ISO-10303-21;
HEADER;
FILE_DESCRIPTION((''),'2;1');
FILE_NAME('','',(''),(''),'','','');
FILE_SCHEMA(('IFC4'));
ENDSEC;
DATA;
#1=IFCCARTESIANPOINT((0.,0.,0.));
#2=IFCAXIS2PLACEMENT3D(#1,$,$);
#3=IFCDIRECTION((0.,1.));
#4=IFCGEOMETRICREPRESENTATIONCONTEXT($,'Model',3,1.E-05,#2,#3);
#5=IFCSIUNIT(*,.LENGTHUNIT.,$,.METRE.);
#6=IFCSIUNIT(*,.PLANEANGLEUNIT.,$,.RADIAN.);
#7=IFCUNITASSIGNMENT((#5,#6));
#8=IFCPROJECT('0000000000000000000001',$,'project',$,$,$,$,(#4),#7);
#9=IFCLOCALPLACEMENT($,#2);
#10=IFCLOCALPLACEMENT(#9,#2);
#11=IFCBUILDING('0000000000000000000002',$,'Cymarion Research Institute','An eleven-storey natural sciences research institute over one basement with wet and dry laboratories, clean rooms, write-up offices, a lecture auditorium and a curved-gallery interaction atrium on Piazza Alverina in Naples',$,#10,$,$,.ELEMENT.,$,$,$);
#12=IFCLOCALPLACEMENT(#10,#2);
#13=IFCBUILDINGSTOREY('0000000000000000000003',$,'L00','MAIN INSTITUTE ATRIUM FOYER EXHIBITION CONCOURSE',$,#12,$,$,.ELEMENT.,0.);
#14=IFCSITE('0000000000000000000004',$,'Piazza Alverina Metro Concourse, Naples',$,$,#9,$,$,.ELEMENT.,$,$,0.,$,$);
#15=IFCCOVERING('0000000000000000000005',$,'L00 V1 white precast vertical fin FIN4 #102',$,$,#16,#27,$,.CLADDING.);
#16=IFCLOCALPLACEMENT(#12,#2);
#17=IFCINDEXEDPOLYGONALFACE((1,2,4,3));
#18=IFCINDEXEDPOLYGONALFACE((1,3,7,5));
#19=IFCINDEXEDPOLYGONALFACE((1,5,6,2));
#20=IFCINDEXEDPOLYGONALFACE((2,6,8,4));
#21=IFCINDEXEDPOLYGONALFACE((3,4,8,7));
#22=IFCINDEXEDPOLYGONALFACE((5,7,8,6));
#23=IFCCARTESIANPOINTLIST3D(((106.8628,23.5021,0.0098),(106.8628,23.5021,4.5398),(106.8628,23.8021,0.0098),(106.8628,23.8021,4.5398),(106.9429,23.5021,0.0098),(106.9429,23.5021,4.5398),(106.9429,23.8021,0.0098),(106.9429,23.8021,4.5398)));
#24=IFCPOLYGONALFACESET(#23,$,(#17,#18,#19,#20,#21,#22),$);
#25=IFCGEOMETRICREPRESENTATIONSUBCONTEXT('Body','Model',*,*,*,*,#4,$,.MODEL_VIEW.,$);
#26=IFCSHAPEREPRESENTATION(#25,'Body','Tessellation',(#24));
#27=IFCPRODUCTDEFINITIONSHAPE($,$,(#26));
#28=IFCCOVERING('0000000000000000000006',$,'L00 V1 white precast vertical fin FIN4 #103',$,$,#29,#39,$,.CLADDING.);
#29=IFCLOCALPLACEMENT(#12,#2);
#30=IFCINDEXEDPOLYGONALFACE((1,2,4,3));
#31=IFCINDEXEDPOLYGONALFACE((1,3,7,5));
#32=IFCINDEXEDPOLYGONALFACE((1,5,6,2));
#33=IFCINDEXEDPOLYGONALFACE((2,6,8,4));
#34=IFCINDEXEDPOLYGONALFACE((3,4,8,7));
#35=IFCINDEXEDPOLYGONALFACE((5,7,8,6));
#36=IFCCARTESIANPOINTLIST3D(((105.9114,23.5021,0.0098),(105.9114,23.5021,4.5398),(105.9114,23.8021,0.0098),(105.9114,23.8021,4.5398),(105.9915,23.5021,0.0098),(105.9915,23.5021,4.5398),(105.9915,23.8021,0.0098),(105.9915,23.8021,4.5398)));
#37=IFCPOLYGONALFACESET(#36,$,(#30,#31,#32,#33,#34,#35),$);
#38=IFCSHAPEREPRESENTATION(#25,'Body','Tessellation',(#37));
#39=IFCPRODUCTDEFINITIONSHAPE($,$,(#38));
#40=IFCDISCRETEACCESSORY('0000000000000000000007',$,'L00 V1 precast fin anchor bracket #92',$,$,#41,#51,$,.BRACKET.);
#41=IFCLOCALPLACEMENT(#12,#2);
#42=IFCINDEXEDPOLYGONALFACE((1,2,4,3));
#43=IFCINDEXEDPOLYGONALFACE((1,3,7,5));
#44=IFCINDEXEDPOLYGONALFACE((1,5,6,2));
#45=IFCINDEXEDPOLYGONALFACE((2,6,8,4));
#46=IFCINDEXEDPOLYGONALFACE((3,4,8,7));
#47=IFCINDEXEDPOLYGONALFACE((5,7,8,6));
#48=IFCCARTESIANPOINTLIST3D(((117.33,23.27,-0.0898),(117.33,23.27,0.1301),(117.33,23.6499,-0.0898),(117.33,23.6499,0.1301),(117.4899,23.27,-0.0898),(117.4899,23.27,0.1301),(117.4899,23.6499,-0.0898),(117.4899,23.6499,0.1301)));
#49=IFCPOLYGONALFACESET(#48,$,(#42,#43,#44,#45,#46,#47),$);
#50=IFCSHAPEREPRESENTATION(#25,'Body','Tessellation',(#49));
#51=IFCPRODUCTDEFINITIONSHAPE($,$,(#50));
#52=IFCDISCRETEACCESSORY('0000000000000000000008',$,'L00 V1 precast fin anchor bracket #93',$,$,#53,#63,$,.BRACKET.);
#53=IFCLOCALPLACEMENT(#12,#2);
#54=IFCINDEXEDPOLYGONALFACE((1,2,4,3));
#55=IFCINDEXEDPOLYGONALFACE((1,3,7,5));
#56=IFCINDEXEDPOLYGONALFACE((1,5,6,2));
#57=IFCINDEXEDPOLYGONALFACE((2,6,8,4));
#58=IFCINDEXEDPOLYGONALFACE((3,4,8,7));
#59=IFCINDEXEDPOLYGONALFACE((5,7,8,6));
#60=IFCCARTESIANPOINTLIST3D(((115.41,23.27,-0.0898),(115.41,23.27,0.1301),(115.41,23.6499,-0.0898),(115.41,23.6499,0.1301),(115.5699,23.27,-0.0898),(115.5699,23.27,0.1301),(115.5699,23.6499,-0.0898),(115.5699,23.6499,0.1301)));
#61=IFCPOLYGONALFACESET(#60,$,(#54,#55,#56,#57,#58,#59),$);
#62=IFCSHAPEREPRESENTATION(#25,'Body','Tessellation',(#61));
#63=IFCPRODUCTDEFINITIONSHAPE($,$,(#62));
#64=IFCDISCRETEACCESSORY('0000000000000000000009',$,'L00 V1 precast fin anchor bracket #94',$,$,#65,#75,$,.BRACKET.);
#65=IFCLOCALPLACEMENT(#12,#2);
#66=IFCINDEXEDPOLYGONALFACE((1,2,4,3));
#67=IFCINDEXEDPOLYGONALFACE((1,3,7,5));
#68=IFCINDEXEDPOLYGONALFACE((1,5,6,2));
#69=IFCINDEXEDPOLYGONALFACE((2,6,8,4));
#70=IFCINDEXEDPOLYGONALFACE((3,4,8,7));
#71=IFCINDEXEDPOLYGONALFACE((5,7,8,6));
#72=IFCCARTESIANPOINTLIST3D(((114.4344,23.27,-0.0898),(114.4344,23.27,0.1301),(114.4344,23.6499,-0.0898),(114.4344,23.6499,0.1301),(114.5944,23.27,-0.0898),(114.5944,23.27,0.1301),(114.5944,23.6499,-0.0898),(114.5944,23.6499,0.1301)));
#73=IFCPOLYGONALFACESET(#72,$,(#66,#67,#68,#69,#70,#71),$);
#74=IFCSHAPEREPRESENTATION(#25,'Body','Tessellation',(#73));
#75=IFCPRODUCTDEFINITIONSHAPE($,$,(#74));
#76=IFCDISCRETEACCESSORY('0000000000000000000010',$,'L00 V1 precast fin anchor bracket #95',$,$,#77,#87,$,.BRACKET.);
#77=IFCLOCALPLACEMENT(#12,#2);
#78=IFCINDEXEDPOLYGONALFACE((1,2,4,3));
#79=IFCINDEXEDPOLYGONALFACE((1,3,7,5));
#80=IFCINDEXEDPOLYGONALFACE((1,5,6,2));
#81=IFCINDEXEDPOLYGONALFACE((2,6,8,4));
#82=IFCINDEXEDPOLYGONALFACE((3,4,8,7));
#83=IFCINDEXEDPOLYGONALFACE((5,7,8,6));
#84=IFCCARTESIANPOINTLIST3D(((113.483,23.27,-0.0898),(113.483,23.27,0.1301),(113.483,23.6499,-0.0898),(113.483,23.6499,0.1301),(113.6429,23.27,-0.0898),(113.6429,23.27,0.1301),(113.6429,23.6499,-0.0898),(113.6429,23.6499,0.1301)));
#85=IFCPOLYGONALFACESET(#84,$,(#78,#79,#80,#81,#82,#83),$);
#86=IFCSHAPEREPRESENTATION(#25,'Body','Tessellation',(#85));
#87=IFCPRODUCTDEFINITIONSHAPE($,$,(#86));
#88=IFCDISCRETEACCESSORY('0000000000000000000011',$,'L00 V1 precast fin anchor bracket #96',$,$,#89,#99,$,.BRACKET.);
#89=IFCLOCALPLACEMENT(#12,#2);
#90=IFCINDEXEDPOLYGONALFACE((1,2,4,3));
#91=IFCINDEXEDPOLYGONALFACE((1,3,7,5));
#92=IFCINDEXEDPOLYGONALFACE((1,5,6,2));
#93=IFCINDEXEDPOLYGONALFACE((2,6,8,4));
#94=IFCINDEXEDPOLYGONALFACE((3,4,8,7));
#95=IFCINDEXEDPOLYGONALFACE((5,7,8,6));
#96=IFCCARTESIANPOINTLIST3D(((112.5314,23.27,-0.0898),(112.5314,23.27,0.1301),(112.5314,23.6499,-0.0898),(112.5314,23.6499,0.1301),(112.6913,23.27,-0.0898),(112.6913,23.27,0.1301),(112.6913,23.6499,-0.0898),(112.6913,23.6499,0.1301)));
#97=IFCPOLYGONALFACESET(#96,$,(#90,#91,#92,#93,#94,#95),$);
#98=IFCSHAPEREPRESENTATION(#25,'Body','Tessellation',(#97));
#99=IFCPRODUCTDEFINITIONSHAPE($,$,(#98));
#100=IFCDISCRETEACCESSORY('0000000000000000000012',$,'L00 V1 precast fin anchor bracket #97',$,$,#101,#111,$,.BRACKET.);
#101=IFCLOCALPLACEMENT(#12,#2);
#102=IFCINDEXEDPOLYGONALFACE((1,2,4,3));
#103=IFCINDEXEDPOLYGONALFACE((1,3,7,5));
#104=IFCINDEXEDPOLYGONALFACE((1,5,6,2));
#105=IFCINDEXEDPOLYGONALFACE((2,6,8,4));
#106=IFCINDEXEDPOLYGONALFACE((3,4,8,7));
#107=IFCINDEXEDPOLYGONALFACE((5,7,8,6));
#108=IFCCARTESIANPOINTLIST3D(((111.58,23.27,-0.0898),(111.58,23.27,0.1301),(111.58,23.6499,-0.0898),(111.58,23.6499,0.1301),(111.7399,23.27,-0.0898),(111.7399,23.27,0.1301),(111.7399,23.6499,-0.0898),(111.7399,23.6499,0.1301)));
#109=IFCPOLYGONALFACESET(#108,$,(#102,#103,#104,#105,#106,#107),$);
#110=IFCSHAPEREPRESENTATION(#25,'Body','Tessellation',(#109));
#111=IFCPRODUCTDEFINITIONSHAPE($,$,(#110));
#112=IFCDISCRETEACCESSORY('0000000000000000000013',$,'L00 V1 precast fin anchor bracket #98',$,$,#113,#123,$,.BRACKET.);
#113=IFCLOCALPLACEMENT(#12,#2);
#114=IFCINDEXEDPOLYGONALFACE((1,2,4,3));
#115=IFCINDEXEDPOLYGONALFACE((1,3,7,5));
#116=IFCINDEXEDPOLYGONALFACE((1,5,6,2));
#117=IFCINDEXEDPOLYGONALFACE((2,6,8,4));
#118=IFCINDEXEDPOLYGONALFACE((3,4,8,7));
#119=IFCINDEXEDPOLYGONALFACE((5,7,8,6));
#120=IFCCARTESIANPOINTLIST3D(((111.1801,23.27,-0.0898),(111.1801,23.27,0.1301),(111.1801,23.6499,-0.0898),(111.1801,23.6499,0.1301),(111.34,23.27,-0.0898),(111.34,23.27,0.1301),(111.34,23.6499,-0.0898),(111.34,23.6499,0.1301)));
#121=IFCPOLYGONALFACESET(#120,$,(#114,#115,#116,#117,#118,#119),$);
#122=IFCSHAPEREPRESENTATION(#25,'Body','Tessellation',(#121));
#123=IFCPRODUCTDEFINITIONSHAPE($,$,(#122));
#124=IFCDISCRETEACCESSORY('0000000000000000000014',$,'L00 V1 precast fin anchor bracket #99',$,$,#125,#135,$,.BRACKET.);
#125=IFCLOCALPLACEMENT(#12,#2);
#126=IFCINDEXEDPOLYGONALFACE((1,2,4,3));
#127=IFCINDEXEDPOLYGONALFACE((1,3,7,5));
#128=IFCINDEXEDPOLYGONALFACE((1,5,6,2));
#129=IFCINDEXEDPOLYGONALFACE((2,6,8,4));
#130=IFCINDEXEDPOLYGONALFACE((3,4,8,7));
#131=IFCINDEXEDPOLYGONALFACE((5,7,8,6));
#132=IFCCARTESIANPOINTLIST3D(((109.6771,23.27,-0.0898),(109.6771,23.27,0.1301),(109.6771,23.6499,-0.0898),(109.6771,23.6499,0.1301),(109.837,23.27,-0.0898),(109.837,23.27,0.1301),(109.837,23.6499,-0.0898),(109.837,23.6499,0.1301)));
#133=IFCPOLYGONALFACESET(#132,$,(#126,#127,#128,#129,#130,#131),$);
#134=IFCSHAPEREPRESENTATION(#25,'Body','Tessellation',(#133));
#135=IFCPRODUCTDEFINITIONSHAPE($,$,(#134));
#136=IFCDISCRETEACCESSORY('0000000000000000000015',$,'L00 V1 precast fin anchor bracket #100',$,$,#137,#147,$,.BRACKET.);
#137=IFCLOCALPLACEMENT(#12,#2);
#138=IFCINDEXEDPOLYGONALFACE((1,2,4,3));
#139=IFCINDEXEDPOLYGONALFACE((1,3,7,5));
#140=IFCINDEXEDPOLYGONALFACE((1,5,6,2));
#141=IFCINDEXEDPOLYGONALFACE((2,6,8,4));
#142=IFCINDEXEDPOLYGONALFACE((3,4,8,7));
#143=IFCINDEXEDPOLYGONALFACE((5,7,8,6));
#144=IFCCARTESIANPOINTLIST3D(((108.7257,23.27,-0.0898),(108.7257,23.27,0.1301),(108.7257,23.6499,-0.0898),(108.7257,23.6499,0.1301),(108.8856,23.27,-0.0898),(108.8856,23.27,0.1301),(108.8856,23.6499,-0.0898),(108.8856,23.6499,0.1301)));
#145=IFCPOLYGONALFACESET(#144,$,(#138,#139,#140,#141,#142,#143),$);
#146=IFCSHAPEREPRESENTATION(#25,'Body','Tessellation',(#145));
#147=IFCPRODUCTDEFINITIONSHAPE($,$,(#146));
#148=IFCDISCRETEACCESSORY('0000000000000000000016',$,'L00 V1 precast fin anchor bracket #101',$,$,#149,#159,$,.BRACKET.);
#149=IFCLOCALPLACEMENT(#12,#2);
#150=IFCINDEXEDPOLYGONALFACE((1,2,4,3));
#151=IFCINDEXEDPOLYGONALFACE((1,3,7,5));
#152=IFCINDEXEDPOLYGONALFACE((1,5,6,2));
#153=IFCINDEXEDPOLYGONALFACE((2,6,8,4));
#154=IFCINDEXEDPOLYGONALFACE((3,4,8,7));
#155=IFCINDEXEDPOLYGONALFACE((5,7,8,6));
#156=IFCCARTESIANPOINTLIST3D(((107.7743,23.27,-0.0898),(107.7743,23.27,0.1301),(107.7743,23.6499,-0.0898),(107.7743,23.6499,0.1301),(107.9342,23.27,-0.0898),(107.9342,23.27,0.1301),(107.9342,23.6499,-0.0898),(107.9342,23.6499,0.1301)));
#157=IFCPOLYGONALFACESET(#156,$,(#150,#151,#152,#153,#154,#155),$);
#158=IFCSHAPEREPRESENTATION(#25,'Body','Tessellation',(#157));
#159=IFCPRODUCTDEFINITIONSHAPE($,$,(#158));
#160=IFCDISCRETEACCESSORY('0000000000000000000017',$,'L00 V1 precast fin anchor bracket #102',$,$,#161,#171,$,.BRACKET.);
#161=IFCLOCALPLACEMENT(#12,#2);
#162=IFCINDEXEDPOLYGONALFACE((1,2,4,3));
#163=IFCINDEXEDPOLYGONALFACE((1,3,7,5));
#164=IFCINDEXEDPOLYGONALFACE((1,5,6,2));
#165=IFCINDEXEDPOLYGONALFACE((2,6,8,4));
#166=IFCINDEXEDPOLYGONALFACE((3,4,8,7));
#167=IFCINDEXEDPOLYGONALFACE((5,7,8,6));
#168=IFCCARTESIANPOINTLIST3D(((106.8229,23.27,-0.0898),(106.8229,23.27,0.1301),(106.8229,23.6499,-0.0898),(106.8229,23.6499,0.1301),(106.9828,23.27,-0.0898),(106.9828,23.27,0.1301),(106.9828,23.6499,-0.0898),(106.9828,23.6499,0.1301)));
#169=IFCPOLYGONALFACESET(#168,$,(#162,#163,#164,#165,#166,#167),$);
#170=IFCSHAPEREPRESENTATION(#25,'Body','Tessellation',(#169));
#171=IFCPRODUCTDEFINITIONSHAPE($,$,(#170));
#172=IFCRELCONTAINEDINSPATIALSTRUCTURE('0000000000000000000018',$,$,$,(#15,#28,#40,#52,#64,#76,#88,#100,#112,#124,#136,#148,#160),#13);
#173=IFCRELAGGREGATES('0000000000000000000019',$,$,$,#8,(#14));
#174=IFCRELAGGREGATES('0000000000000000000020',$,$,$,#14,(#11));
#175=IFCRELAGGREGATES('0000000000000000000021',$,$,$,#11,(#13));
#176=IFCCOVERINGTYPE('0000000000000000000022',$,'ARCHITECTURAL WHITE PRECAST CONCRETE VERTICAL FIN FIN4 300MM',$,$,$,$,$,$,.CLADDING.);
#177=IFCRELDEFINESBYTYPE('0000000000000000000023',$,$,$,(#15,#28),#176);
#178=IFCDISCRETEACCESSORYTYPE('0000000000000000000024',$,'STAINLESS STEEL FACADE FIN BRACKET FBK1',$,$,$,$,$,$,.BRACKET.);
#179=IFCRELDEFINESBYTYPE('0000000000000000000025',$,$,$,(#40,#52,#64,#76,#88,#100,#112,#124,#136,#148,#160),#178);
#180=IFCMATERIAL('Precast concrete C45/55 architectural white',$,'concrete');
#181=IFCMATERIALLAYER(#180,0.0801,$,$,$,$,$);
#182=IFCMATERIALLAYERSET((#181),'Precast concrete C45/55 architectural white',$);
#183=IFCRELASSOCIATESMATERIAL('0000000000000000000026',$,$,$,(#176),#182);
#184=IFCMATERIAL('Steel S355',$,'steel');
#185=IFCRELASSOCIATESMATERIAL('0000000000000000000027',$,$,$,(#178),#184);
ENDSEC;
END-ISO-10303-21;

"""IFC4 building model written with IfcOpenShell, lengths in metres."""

from ifc_helpers import new_model, si_unit, direction, frame, origin, origin_2d, place, context, subcontext, project, spatial, rectangle, extrude, material, layer, layer_set, type_object, element, save


model = new_model("IFC4")

# Units and contexts
model_context = context("Model", 3, precision=1e-05, world=origin(), true_north=direction((0.0, 1.0)))
body_context = subcontext(model_context, "Body", "Model", "MODEL_VIEW")
ifc_project = project(units=[si_unit("LENGTHUNIT", "METRE"), si_unit("PLANEANGLEUNIT", "RADIAN")], contexts=[model_context])

# Site, building, storey
site_placement = place(None, origin())
site = spatial("IfcSite", under=ifc_project, at=site_placement, Name="Piazza Alverina Metro Concourse, Naples", CompositionType="ELEMENT", RefElevation=0.0)
building_placement = place(site_placement, origin())
building = spatial("IfcBuilding", under=site, at=building_placement, Name="Cymarion Research Institute", Description="An eleven-storey natural sciences research institute over one basement with wet and dry laboratories, clean rooms, write-up offices, a lecture auditorium and a curved-gallery interaction atrium on Piazza Alverina in Naples", CompositionType="ELEMENT")
storey_placement = place(building_placement, origin())
storey = spatial("IfcBuildingStorey", under=building, at=storey_placement, Name="L00", Description="MAIN INSTITUTE ATRIUM FOYER EXHIBITION CONCOURSE", CompositionType="ELEMENT", Elevation=0.0)

# Shared definitions
ifc_material_1 = material(Name="Steel S355", Category="steel")

# Coverings
ifc_material_2 = material(Name="Precast concrete C45/55 architectural white", Category="concrete")
ifc_layer = layer(ifc_material_2, 0.0801)
ifc_layer_set = layer_set([ifc_layer], Name="Precast concrete C45/55 architectural white")
covering_type = type_object("IfcCoveringType", Name="ARCHITECTURAL WHITE PRECAST CONCRETE VERTICAL FIN FIN4 300MM", PredefinedType="CLADDING", material=ifc_layer_set)
for number, where, z_axis, x_axis, name in (
    (1, (106.9028, 23.6521, 0.0098), (0.0, 0.0, 1.0), (0.0, 1.0, 0.0), "L00 V1 white precast vertical fin FIN4 #102"),
    (2, (105.9514, 23.6521, 0.0098), (0.0, 0.0, 1.0), (0.0, 1.0, 0.0), "L00 V1 white precast vertical fin FIN4 #103"),
):
    element("IfcCovering", number, at=place(storey_placement, frame(where, z_axis=z_axis, x_axis=x_axis)), inside=storey, type_object=covering_type, Name=name, PredefinedType="CLADDING", context=body_context, shape_type="SweptSolid", body=[
        extrude(rectangle(XDim=0.3, YDim=0.0801, at=origin_2d()), origin(), (0.0, 0.0, 1.0), 4.53),
    ])

# Discrete accessories
discrete_accessory_type = type_object("IfcDiscreteAccessoryType", Name="STAINLESS STEEL FACADE FIN BRACKET FBK1", PredefinedType="BRACKET", material=ifc_material_1)
for number, where, z_axis, x_axis, name in (
    (3, (117.4099, 23.46, -0.0898), (0.0, 0.0, 1.0), (0.0, 1.0, 0.0), "L00 V1 precast fin anchor bracket #92"),
    (4, (115.49, 23.46, -0.0898), (0.0, 0.0, 1.0), (0.0, 1.0, 0.0), "L00 V1 precast fin anchor bracket #93"),
    (5, (114.5144, 23.46, -0.0898), (0.0, 0.0, 1.0), (0.0, 1.0, 0.0), "L00 V1 precast fin anchor bracket #94"),
    (6, (113.563, 23.46, -0.0898), (0.0, 0.0, 1.0), (0.0, 1.0, 0.0), "L00 V1 precast fin anchor bracket #95"),
    (7, (112.6113, 23.46, -0.0898), (0.0, 0.0, 1.0), (0.0, 1.0, 0.0), "L00 V1 precast fin anchor bracket #96"),
    (8, (111.6599, 23.46, -0.0898), (0.0, 0.0, 1.0), (0.0, 1.0, 0.0), "L00 V1 precast fin anchor bracket #97"),
    (9, (111.26, 23.46, -0.0898), (0.0, 0.0, 1.0), (0.0, 1.0, 0.0), "L00 V1 precast fin anchor bracket #98"),
    (10, (109.7571, 23.46, -0.0898), (0.0, 0.0, 1.0), (0.0, 1.0, 0.0), "L00 V1 precast fin anchor bracket #99"),
    (11, (108.8057, 23.46, -0.0898), (0.0, 0.0, 1.0), (0.0, 1.0, 0.0), "L00 V1 precast fin anchor bracket #100"),
    (12, (107.8542, 23.46, -0.0898), (0.0, 0.0, 1.0), (0.0, 1.0, 0.0), "L00 V1 precast fin anchor bracket #101"),
    (13, (106.9028, 23.46, -0.0898), (0.0, 0.0, 1.0), (0.0, 1.0, 0.0), "L00 V1 precast fin anchor bracket #102"),
):
    element("IfcDiscreteAccessory", number, at=place(storey_placement, frame(where, z_axis=z_axis, x_axis=x_axis)), inside=storey, type_object=discrete_accessory_type, Name=name, PredefinedType="BRACKET", context=body_context, shape_type="SweptSolid", body=[
        extrude(rectangle(XDim=0.3799, YDim=0.1599, at=origin_2d()), origin(), (0.0, 0.0, 1.0), 0.22),
    ])

save(model, "model.ifc")
